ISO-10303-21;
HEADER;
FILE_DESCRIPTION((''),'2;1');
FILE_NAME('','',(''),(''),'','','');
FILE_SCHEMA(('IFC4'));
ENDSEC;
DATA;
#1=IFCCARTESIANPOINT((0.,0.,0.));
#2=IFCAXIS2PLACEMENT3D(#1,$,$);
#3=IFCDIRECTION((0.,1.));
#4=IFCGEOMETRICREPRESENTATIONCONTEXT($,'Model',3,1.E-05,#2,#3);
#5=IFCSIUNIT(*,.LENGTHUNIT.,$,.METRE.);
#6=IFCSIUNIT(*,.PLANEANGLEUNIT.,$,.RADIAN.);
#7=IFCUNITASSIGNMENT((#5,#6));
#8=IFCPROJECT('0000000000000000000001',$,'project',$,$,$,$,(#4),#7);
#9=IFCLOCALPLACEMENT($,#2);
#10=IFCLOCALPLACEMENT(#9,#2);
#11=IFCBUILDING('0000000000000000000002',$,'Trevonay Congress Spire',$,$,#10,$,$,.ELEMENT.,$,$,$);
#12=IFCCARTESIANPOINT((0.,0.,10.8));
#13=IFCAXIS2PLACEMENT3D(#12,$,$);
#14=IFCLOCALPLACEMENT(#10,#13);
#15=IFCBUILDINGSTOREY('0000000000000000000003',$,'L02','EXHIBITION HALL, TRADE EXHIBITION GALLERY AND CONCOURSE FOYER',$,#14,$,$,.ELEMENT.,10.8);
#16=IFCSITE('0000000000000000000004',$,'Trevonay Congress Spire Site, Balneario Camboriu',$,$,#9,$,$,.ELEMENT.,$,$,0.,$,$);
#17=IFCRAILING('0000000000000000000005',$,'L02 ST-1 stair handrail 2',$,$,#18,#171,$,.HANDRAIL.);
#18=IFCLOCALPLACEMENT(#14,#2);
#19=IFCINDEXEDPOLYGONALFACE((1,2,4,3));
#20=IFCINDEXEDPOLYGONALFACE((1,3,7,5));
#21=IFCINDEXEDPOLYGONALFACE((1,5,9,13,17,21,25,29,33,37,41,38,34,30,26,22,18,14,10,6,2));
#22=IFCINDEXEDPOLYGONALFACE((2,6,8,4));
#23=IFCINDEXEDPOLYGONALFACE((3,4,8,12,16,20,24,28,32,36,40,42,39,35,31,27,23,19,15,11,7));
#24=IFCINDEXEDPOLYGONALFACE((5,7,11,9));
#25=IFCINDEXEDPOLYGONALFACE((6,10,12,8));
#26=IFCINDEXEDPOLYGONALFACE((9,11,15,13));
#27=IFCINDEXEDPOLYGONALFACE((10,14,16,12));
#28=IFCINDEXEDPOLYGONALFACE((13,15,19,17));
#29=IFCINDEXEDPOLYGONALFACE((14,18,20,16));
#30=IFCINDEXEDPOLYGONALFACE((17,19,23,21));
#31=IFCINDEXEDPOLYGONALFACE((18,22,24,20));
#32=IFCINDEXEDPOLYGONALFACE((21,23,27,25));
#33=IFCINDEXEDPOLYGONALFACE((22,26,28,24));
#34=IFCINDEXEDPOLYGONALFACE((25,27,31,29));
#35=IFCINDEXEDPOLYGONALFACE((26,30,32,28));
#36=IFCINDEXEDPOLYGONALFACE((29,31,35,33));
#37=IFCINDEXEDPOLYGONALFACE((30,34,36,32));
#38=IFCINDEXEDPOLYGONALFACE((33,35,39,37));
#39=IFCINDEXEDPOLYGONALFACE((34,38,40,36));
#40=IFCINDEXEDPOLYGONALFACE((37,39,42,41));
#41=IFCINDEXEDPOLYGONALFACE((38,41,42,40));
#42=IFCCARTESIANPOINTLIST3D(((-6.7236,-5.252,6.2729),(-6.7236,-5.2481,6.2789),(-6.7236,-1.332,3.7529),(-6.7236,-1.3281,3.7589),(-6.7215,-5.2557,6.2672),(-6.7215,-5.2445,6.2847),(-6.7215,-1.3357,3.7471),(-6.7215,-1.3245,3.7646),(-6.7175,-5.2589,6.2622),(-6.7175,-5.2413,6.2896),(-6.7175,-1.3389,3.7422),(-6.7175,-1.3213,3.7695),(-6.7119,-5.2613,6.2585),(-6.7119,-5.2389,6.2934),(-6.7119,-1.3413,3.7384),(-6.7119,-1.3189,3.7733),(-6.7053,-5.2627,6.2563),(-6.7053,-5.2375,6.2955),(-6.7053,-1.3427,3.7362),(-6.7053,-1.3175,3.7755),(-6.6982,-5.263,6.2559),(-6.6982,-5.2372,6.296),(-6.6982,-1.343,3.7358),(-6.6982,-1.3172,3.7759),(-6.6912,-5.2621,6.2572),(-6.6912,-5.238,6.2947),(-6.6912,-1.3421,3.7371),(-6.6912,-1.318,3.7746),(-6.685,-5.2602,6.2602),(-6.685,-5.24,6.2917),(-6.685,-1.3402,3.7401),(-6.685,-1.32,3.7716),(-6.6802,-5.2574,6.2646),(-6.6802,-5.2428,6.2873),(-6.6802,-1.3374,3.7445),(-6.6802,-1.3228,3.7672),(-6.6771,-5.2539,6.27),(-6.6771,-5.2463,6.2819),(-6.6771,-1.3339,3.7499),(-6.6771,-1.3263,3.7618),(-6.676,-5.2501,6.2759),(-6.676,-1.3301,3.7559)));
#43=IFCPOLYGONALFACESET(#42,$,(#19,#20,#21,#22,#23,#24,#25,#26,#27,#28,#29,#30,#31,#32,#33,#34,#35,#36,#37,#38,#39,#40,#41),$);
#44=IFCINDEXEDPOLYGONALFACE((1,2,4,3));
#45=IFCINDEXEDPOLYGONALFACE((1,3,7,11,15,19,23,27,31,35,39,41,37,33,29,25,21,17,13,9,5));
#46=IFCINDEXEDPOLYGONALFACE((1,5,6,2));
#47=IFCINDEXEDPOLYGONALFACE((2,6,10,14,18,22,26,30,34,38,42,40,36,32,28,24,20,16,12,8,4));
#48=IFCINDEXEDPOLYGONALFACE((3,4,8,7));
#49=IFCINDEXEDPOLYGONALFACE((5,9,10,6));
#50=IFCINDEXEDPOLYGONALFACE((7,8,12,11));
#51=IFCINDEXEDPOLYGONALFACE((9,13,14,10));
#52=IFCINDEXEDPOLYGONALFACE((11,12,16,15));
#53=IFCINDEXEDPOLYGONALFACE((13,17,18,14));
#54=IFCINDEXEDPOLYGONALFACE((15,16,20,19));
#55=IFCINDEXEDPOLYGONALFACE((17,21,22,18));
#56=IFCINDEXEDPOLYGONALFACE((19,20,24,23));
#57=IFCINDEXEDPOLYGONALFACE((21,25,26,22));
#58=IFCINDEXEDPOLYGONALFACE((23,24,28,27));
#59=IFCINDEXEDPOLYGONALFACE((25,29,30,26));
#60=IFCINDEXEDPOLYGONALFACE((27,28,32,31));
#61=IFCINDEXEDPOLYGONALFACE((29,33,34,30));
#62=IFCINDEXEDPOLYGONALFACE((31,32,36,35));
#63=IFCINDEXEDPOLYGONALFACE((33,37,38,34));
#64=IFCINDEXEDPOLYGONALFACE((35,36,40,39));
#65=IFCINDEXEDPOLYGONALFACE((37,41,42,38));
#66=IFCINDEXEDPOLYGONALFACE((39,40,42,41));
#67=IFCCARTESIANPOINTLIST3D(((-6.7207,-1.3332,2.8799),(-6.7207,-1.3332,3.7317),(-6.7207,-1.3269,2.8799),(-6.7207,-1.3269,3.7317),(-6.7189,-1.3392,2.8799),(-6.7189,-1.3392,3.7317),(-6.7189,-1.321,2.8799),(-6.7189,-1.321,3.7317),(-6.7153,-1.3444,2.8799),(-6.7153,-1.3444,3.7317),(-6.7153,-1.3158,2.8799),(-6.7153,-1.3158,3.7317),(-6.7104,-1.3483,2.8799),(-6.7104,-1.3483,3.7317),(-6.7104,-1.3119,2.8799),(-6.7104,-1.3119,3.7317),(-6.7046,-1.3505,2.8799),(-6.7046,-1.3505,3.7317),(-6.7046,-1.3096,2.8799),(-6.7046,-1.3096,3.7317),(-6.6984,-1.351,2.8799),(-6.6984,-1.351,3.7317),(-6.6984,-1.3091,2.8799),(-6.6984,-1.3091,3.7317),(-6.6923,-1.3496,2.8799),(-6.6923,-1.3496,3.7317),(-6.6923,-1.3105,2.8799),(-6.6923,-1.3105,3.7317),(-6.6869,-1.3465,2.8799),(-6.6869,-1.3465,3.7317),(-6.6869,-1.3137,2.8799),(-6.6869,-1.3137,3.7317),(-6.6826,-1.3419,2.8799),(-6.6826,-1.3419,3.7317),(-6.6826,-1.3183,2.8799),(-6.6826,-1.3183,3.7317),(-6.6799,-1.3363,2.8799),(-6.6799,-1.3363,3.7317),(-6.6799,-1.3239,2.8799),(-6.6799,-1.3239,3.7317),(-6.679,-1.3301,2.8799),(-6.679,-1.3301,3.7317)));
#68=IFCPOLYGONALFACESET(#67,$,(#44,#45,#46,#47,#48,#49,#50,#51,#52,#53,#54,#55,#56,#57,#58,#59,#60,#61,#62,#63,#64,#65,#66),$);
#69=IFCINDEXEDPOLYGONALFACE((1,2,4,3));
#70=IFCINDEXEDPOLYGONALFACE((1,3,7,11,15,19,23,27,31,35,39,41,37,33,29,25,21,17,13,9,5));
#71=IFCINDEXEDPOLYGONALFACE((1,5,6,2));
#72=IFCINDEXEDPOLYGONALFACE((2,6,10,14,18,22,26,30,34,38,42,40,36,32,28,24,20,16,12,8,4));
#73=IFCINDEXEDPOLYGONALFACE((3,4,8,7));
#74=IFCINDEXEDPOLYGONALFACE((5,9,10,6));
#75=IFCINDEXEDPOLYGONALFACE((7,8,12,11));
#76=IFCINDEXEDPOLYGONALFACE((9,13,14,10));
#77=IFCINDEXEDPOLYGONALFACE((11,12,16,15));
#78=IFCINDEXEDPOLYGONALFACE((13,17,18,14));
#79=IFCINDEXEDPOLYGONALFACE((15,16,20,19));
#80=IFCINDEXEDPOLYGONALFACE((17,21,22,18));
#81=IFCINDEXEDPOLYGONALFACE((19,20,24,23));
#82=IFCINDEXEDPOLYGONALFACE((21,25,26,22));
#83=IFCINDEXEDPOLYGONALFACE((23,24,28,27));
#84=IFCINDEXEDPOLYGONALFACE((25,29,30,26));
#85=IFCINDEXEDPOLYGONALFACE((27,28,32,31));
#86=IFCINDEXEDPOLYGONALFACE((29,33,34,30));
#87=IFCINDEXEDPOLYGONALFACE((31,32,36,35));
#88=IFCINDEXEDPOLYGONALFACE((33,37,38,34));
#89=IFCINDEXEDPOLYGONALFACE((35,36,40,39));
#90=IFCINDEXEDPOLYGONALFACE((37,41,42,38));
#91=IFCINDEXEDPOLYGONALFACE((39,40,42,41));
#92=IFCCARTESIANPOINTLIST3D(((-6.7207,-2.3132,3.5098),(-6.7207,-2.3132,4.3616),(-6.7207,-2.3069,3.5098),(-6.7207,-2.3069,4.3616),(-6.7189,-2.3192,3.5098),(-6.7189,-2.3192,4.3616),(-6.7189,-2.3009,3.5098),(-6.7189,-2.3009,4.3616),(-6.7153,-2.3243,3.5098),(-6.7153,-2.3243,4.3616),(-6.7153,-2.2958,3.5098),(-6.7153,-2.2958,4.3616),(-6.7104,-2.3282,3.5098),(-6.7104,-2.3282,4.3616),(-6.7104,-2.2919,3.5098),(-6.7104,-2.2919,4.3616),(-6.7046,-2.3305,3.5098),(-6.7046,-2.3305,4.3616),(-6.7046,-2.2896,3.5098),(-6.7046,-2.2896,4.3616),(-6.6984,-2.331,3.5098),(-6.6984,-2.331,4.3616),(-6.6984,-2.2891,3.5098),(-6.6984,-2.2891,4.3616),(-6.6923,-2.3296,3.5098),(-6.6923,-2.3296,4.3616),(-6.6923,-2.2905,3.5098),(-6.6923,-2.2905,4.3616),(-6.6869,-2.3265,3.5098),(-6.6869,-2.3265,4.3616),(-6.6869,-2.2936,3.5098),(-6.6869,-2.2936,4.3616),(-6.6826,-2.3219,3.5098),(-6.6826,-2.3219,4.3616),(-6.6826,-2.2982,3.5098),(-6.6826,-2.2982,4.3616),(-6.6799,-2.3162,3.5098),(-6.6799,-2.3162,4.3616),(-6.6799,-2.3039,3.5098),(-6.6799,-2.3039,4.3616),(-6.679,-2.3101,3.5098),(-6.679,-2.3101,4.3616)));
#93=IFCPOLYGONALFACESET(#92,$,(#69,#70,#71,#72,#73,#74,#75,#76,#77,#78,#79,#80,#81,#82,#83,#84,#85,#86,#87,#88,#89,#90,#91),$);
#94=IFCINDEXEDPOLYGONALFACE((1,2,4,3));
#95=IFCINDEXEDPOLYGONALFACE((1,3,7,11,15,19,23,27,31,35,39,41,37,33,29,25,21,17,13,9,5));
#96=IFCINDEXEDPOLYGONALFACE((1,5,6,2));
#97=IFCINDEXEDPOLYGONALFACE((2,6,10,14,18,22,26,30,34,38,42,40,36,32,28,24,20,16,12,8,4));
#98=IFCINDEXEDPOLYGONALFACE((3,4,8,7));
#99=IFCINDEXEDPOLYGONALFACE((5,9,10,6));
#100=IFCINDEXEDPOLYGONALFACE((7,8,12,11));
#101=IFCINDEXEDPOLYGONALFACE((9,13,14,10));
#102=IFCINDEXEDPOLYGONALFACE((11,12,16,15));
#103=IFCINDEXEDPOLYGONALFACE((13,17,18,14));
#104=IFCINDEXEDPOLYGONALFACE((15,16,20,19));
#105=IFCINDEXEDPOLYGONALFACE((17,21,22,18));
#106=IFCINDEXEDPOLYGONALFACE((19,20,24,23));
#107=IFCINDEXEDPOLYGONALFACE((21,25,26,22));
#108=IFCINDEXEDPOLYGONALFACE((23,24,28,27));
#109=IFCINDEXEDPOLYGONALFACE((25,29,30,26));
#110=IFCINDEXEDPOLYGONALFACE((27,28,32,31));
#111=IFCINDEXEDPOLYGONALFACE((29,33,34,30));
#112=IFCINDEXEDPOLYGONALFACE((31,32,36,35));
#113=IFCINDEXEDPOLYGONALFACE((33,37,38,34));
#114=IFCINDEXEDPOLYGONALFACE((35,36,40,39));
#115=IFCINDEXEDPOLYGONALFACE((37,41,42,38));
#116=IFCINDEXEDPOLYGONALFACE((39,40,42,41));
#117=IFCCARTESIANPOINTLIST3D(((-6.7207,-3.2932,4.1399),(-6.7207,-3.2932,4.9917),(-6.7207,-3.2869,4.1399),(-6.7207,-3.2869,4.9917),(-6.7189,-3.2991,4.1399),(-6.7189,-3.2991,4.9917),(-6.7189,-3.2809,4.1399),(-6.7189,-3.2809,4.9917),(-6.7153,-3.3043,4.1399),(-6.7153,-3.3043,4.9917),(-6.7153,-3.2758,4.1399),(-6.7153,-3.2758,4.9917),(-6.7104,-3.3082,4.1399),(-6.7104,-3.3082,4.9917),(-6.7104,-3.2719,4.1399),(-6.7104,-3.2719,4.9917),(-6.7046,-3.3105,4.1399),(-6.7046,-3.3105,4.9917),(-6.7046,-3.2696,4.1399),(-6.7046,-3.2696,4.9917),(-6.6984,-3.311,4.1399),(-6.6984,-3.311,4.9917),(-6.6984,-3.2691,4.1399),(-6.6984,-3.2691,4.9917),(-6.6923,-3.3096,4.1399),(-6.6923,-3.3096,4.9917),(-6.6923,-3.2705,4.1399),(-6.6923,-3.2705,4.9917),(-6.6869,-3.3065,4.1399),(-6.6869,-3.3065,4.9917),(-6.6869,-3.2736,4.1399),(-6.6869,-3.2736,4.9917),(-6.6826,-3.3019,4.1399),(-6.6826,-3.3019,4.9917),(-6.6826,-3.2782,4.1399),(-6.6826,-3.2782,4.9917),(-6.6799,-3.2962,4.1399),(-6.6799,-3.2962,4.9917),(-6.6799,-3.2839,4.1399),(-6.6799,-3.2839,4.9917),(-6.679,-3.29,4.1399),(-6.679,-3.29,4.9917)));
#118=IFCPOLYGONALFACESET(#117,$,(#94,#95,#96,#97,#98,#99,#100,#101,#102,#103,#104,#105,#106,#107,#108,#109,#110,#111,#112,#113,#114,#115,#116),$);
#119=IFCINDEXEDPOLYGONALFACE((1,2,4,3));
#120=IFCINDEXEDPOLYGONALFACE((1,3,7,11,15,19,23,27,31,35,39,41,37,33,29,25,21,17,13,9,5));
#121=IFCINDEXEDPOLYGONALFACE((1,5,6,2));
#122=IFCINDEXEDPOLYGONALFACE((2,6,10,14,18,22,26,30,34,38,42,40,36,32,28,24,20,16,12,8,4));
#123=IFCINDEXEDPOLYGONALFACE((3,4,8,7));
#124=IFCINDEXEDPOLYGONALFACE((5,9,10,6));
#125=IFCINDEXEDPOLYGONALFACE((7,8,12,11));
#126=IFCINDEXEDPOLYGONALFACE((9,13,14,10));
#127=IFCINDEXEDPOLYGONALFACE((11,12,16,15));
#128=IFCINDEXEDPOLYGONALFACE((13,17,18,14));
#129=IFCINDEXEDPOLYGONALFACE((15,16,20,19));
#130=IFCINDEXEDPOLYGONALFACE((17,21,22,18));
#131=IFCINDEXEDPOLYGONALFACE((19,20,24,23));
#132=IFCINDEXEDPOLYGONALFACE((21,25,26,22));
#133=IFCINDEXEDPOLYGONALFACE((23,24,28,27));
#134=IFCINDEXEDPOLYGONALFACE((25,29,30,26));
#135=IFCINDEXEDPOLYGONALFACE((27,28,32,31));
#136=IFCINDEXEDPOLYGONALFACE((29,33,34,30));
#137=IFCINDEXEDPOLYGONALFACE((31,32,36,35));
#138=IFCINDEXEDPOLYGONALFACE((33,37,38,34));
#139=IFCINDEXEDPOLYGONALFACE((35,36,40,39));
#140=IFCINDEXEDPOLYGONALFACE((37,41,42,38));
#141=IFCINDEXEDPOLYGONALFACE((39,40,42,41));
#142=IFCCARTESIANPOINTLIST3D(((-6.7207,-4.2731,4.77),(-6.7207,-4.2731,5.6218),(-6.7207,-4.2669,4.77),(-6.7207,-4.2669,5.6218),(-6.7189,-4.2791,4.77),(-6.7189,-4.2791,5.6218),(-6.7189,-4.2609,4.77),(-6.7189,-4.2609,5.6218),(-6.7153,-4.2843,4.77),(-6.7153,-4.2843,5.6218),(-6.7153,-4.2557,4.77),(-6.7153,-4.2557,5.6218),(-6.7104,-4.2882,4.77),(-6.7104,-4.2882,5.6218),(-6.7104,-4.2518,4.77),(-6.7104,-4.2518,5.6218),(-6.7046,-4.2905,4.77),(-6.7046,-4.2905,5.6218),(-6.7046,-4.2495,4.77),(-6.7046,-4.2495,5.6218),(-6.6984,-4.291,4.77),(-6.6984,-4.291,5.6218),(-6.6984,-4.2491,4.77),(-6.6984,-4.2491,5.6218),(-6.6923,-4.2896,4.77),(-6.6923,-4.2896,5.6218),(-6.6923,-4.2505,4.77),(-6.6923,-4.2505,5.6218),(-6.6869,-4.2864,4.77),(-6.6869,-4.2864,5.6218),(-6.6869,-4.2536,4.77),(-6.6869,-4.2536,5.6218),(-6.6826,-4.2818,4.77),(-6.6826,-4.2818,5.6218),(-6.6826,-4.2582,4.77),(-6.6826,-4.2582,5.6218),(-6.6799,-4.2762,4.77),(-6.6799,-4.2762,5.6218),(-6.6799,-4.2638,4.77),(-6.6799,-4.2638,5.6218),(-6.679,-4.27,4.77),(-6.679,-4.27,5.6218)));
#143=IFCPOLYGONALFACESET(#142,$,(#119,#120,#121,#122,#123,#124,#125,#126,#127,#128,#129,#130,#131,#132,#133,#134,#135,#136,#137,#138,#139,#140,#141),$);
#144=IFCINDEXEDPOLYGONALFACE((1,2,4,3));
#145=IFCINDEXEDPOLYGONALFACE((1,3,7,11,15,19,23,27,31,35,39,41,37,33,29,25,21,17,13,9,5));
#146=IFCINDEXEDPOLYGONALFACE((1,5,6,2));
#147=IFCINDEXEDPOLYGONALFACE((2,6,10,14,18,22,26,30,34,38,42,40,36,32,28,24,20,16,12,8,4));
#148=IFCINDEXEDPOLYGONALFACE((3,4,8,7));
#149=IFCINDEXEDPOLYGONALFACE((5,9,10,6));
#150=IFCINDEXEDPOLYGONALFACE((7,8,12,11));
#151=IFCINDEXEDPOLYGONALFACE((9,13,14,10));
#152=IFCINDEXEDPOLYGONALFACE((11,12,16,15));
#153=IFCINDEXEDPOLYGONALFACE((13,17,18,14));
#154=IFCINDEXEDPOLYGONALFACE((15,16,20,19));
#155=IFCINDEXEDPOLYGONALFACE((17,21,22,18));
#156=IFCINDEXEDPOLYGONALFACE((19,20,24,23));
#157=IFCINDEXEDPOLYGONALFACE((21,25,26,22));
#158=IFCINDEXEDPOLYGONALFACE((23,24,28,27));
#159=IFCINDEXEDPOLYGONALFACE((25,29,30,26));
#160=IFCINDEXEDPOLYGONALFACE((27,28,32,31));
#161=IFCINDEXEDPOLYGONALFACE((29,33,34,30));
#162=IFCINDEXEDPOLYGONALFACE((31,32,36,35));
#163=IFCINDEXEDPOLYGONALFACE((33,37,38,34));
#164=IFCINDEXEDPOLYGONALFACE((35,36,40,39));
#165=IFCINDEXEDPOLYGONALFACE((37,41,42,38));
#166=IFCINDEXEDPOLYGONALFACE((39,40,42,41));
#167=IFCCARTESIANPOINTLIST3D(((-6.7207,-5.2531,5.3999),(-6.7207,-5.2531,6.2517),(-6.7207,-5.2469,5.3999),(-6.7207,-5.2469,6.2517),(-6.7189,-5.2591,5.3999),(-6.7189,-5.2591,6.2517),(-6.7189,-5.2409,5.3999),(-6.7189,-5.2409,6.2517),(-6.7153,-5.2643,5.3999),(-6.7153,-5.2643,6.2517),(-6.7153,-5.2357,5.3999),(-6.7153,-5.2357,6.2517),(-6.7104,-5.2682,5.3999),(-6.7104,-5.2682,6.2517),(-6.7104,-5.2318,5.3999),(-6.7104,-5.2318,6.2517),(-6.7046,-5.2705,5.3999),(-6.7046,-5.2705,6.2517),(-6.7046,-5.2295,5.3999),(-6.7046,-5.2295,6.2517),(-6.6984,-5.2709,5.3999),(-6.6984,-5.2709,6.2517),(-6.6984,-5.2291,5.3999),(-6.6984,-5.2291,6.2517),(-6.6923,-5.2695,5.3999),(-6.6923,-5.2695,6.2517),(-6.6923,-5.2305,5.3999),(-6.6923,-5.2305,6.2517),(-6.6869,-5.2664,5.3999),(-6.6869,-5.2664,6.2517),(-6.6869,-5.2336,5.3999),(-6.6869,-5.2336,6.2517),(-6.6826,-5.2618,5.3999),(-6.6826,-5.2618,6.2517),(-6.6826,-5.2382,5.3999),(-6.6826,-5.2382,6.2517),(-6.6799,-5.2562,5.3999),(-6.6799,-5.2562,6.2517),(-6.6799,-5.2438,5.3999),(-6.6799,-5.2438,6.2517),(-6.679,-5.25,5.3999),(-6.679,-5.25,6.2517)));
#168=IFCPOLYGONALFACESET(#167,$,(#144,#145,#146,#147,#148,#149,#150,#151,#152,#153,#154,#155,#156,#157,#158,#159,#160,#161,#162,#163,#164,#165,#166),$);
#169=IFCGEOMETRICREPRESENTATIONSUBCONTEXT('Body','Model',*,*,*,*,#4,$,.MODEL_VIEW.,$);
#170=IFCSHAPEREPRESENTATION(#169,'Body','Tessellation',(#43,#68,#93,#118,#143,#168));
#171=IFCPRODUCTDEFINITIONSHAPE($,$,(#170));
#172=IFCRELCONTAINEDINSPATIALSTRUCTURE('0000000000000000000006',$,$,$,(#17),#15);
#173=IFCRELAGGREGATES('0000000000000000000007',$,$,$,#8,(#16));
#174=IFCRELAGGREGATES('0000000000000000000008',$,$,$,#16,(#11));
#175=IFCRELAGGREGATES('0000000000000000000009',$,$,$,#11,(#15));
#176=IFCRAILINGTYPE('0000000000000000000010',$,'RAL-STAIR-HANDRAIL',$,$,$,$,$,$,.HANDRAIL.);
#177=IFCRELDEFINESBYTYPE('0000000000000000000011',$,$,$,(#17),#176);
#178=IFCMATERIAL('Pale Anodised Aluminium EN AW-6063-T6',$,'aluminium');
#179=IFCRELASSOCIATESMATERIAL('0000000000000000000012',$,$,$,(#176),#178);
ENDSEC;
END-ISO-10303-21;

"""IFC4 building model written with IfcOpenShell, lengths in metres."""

from ifc_helpers import new_model, si_unit, direction, frame, origin, origin_2d, place, context, subcontext, project, spatial, circle, extrude, material, type_object, element, save


model = new_model("IFC4")

# Units and contexts
model_context = context("Model", 3, precision=1e-05, world=origin(), true_north=direction((0.0, 1.0)))
body_context = subcontext(model_context, "Body", "Model", "MODEL_VIEW")
ifc_project = project(units=[si_unit("LENGTHUNIT", "METRE"), si_unit("PLANEANGLEUNIT", "RADIAN")], contexts=[model_context])

# Site, building, storey
site_placement = place(None, origin())
site = spatial("IfcSite", under=ifc_project, at=site_placement, Name="Trevonay Congress Spire Site, Balneario Camboriu", CompositionType="ELEMENT", RefElevation=0.0)
building_placement = place(site_placement, origin())
building = spatial("IfcBuilding", under=site, at=building_placement, Name="Trevonay Congress Spire", CompositionType="ELEMENT")
storey_placement = place(building_placement, frame((0.0, 0.0, 10.8)))
storey = spatial("IfcBuildingStorey", under=building, at=storey_placement, Name="L02", Description="EXHIBITION HALL, TRADE EXHIBITION GALLERY AND CONCOURSE FOYER", CompositionType="ELEMENT", Elevation=10.8)

# Shared definitions
ifc_material_1 = material(Name="Pale Anodised Aluminium EN AW-6063-T6", Category="aluminium")

# Railing
railing_type_1 = type_object("IfcRailingType", Name="RAL-STAIR-HANDRAIL", PredefinedType="HANDRAIL", material=ifc_material_1)
railing_1_placement = place(storey_placement, frame((-6.7, -1.3301, 2.8799)))
element("IfcRailing", 1, at=railing_1_placement, inside=storey, type_object=railing_type_1, Name="L02 ST-1 stair handrail 2", PredefinedType="HANDRAIL", context=body_context, shape_type="SweptSolid", body=[
    extrude(circle(Radius=0.0239, at=origin_2d()), frame((0.0, 0.0, 0.876), z_axis=(0.0, -0.841172, 0.540768), x_axis=(1.0, 0.0, 0.0)), (0.0, 0.0, 1.0), 4.6602),
    extrude(circle(Radius=0.021, at=origin_2d()), origin(), (0.0, 0.0, 1.0), 0.8518),
    extrude(circle(Radius=0.021, at=origin_2d()), frame((0.0, -0.98, 0.6299)), (0.0, 0.0, 1.0), 0.8518),
    extrude(circle(Radius=0.021, at=origin_2d()), frame((0.0, -1.96, 1.26)), (0.0, 0.0, 1.0), 0.8518),
    extrude(circle(Radius=0.021, at=origin_2d()), frame((0.0, -2.9399, 1.8901)), (0.0, 0.0, 1.0), 0.8518),
    extrude(circle(Radius=0.021, at=origin_2d()), frame((0.0, -3.9199, 2.52)), (0.0, 0.0, 1.0), 0.8518),
])

save(model, "model.ifc")
